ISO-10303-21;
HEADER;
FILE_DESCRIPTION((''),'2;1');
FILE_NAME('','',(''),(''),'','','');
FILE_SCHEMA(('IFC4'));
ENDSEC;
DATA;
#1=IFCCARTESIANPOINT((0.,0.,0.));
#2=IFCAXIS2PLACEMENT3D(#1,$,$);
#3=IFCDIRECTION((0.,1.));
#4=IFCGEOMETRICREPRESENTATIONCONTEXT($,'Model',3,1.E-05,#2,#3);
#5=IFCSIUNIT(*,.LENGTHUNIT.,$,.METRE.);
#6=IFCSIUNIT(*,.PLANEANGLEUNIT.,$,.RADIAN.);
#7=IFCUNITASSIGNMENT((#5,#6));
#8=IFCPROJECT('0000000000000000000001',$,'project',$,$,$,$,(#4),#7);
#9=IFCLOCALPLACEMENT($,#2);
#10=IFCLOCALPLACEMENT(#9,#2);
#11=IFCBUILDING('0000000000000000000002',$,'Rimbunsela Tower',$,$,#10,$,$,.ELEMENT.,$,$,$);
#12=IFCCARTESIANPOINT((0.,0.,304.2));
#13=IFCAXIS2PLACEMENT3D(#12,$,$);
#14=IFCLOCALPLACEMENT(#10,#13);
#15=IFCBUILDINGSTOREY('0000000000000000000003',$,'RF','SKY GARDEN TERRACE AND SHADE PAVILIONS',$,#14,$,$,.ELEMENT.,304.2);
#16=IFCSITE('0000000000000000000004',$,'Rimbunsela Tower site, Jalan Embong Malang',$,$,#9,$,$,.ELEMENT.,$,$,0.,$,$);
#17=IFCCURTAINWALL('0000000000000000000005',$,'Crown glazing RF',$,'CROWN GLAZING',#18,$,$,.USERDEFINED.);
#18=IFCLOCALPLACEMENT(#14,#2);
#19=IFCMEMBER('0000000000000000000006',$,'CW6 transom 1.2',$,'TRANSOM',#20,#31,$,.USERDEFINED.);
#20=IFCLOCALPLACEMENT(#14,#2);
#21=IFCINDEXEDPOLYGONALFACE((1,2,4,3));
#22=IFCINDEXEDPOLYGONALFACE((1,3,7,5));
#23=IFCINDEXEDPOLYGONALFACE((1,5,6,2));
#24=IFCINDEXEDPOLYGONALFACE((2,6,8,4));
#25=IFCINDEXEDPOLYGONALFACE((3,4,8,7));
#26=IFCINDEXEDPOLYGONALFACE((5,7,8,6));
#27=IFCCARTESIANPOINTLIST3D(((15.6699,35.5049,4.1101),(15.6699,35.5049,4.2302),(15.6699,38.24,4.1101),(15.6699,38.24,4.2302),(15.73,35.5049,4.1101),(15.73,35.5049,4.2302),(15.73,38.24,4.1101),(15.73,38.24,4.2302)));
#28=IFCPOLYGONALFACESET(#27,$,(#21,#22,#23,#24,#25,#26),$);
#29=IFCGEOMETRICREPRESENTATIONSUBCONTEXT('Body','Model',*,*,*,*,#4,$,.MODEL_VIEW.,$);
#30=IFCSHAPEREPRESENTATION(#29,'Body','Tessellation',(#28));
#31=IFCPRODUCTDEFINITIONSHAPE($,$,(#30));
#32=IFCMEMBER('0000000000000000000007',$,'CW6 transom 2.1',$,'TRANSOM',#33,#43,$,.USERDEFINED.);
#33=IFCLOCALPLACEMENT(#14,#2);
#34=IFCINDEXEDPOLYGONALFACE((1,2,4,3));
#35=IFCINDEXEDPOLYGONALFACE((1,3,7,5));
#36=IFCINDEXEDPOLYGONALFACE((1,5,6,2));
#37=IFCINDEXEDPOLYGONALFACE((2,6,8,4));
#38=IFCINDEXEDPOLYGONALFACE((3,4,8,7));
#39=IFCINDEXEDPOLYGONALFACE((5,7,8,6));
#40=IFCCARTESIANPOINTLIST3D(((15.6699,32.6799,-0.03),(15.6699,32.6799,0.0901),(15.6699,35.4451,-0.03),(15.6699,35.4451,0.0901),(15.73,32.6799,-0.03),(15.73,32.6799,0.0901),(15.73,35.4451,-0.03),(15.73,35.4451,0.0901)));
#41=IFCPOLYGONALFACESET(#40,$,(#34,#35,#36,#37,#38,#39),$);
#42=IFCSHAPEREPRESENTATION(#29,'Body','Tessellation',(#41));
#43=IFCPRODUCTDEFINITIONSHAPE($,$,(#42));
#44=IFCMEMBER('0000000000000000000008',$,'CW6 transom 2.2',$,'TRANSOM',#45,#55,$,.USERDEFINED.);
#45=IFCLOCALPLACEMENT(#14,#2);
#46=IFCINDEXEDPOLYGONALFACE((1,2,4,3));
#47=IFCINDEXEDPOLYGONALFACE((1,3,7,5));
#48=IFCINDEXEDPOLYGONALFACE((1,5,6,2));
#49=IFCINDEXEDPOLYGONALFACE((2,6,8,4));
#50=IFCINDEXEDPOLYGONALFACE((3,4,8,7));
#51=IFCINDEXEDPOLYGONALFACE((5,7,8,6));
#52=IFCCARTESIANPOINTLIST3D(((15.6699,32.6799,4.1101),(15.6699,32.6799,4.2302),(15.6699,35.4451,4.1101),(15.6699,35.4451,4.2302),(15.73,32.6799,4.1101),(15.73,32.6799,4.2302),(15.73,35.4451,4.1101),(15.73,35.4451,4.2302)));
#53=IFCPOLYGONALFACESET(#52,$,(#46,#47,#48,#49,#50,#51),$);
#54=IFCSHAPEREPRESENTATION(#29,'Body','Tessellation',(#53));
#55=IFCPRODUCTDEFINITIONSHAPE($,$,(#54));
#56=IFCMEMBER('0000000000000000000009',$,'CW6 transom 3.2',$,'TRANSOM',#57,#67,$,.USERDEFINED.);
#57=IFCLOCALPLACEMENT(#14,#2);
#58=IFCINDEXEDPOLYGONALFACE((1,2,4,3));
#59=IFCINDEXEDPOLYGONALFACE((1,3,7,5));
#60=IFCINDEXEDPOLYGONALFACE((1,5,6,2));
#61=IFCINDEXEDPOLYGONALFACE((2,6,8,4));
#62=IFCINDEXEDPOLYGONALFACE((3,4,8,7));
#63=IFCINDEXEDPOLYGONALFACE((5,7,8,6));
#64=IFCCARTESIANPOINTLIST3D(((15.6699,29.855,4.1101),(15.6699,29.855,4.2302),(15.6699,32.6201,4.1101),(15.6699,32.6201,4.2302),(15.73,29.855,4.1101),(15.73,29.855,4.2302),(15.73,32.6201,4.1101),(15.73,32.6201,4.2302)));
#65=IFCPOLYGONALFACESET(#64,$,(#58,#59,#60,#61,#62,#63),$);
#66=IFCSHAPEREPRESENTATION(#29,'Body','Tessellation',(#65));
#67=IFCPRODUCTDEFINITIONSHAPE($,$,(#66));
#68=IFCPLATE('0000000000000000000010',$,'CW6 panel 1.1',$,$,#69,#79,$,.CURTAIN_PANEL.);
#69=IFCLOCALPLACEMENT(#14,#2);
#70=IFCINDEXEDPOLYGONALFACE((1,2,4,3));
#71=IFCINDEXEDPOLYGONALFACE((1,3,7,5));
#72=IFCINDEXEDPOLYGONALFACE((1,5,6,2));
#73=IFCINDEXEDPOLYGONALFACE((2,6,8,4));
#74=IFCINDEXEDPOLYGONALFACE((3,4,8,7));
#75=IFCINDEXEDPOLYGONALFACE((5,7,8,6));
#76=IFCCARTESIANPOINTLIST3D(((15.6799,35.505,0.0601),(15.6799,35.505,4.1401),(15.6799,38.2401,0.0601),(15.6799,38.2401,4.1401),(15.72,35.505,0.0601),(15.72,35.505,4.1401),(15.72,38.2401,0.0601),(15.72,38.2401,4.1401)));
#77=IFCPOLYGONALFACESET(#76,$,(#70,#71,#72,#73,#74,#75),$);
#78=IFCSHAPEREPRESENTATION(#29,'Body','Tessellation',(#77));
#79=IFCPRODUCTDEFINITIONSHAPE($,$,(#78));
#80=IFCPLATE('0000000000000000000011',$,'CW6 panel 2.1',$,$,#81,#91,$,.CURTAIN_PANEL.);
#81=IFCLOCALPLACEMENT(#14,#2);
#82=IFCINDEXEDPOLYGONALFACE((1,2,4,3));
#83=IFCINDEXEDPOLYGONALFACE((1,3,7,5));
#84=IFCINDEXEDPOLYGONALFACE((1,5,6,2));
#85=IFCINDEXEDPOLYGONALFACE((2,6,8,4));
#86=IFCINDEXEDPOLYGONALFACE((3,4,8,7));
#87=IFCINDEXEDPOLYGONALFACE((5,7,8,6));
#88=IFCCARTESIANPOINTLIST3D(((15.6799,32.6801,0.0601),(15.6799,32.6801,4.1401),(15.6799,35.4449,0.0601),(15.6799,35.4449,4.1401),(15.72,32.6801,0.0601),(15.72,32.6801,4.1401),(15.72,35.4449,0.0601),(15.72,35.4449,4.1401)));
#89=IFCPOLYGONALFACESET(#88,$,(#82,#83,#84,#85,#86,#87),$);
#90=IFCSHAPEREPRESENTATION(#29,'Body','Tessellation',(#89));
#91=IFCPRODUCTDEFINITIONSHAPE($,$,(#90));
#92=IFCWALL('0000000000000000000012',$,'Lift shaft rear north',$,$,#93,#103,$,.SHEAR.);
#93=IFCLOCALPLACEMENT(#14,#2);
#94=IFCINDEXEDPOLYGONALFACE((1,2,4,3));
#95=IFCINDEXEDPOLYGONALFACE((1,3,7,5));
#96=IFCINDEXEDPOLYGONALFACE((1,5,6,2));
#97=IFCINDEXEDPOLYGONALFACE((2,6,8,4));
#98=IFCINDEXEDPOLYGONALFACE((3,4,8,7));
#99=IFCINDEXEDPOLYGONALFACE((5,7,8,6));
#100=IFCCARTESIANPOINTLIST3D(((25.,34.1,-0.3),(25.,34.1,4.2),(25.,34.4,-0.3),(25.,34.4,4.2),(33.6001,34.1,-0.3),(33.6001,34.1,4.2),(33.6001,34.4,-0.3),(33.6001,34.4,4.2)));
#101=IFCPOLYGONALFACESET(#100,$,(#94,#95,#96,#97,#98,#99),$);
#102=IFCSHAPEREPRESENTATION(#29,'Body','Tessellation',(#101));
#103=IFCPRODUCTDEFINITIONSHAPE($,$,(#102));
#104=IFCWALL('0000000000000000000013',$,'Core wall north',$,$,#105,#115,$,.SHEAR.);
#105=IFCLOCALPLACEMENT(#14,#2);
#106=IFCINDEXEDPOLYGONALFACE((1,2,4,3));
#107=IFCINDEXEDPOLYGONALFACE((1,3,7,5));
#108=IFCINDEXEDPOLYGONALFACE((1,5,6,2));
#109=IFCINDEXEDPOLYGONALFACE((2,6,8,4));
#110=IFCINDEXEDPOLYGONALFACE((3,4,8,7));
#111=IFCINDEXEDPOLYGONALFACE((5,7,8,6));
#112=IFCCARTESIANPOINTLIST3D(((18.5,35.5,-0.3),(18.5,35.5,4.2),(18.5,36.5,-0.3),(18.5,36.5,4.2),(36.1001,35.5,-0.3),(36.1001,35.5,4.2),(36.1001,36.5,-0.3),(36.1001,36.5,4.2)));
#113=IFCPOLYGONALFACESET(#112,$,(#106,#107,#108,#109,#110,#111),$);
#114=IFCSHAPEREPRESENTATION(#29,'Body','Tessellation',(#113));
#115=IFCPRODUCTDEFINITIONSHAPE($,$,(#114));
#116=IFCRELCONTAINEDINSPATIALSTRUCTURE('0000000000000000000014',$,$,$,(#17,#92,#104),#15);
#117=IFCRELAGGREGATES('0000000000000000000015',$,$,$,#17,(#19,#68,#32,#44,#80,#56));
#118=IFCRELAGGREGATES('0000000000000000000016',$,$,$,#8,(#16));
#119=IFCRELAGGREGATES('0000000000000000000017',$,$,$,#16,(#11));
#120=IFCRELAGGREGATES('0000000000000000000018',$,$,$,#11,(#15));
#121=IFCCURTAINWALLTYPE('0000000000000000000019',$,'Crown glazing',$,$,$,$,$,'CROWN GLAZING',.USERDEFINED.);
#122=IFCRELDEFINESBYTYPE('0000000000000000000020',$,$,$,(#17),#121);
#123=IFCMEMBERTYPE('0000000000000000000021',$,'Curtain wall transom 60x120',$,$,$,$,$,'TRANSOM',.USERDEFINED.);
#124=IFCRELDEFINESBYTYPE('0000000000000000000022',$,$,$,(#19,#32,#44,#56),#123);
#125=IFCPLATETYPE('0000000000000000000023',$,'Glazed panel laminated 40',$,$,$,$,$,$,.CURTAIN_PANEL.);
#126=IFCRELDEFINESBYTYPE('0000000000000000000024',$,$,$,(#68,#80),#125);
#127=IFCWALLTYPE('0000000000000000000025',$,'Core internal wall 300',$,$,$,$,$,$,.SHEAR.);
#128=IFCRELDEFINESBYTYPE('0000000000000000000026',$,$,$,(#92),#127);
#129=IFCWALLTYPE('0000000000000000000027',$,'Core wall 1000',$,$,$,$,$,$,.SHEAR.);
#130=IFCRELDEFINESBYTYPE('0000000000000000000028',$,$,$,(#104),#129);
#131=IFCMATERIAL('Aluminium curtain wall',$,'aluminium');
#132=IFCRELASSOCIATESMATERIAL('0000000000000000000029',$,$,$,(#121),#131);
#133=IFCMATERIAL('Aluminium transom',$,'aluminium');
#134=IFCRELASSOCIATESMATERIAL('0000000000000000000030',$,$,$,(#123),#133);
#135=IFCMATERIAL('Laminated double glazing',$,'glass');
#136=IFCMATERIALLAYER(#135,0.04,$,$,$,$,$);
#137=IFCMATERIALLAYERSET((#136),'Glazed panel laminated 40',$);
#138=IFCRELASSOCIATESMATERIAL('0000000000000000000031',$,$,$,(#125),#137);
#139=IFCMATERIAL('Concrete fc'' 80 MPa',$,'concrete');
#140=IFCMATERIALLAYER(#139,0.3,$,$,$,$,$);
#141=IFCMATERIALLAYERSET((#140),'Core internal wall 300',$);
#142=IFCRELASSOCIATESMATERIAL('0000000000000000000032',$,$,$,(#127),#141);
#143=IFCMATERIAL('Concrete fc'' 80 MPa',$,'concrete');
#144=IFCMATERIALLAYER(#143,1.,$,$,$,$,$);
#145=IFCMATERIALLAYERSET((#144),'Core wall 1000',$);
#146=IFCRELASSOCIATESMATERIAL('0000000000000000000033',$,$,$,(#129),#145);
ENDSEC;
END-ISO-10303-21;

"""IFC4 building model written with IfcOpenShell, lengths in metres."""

from ifc_helpers import new_model, si_unit, direction, frame, frame_2d, origin, origin_2d, place, context, subcontext, project, spatial, rectangle, extrude, material, layer, layer_set, material_profile, profile_set, type_object, element, aggregate, save


model = new_model("IFC4")

# Units and contexts
model_context = context("Model", 3, precision=1e-05, world=origin(), true_north=direction((0.0, 1.0)))
body_context = subcontext(model_context, "Body", "Model", "MODEL_VIEW")
ifc_project = project(units=[si_unit("LENGTHUNIT", "METRE"), si_unit("PLANEANGLEUNIT", "RADIAN")], contexts=[model_context])

# Site, building, storey
site_placement = place(None, origin())
site = spatial("IfcSite", under=ifc_project, at=site_placement, Name="Rimbunsela Tower site, Jalan Embong Malang", CompositionType="ELEMENT", RefElevation=0.0)
building_placement = place(site_placement, origin())
building = spatial("IfcBuilding", under=site, at=building_placement, Name="Rimbunsela Tower", CompositionType="ELEMENT")
storey_placement = place(building_placement, frame((0.0, 0.0, 304.2)))
storey = spatial("IfcBuildingStorey", under=building, at=storey_placement, Name="RF", Description="SKY GARDEN TERRACE AND SHADE PAVILIONS", CompositionType="ELEMENT", Elevation=304.2)

# Curtain wall, members, plates
ifc_material_1 = material(Name="Aluminium curtain wall", Category="aluminium")
curtain_wall_type = type_object("IfcCurtainWallType", Name="Crown glazing", ElementType="CROWN GLAZING", PredefinedType="USERDEFINED", material=ifc_material_1)
curtain_wall_placement = place(storey_placement, origin())
curtain_wall = element("IfcCurtainWall", 1, at=curtain_wall_placement, inside=storey, type_object=curtain_wall_type, Name="Crown glazing RF", ObjectType="CROWN GLAZING", PredefinedType="USERDEFINED")
ifc_material_2 = material(Name="Aluminium transom", Category="aluminium")
ifc_material_profile_1 = material_profile(ifc_material_2, rectangle(XDim=0.0601, YDim=0.1201, at=origin_2d()), Name="Transom 60x120")
ifc_profile_set_1 = profile_set([ifc_material_profile_1], Name="Aluminium transom")
member_type_1 = type_object("IfcMemberType", Name="Curtain wall transom 60x120", ElementType="TRANSOM", PredefinedType="USERDEFINED", material=ifc_profile_set_1)
member_1_placement = place(storey_placement, frame((15.7, 38.24, 4.1702), z_axis=(0.0, -1.0, 0.0), x_axis=(1.0, 0.0, 0.0)))
member_1 = element("IfcMember", 2, at=member_1_placement, type_object=member_type_1, Name="CW6 transom 1.2", ObjectType="TRANSOM", PredefinedType="USERDEFINED", context=body_context, shape_type="SweptSolid", body=[
    extrude(rectangle(XDim=0.0601, YDim=0.1201, at=origin_2d()), origin(), (0.0, 0.0, 1.0), 2.7351),
])
member_2_placement = place(storey_placement, frame((15.7, 35.4451, 0.03), z_axis=(0.0, -1.0, 0.0), x_axis=(1.0, 0.0, 0.0)))
member_2 = element("IfcMember", 3, at=member_2_placement, type_object=member_type_1, Name="CW6 transom 2.1", ObjectType="TRANSOM", PredefinedType="USERDEFINED", context=body_context, shape_type="SweptSolid", body=[
    extrude(rectangle(XDim=0.0601, YDim=0.1201, at=origin_2d()), origin(), (0.0, 0.0, 1.0), 2.7651),
])
member_3_placement = place(storey_placement, frame((15.7, 35.4451, 4.1702), z_axis=(0.0, -1.0, 0.0), x_axis=(1.0, 0.0, 0.0)))
member_3 = element("IfcMember", 4, at=member_3_placement, type_object=member_type_1, Name="CW6 transom 2.2", ObjectType="TRANSOM", PredefinedType="USERDEFINED", context=body_context, shape_type="SweptSolid", body=[
    extrude(rectangle(XDim=0.0601, YDim=0.1201, at=origin_2d()), origin(), (0.0, 0.0, 1.0), 2.7651),
])
member_4_placement = place(storey_placement, frame((15.7, 32.6201, 4.1702), z_axis=(0.0, -1.0, 0.0), x_axis=(1.0, 0.0, 0.0)))
member_4 = element("IfcMember", 5, at=member_4_placement, type_object=member_type_1, Name="CW6 transom 3.2", ObjectType="TRANSOM", PredefinedType="USERDEFINED", context=body_context, shape_type="SweptSolid", body=[
    extrude(rectangle(XDim=0.0601, YDim=0.1201, at=origin_2d()), origin(), (0.0, 0.0, 1.0), 2.7651),
])
ifc_material_3 = material(Name="Laminated double glazing", Category="glass")
ifc_layer_1 = layer(ifc_material_3, 0.04)
ifc_layer_set_1 = layer_set([ifc_layer_1], Name="Glazed panel laminated 40")
plate_type = type_object("IfcPlateType", Name="Glazed panel laminated 40", PredefinedType="CURTAIN_PANEL", material=ifc_layer_set_1)
plate_1_placement = place(storey_placement, frame((15.7, 36.8726, 0.0601), z_axis=(0.0, 0.0, 1.0), x_axis=(0.0, -1.0, 0.0)))
plate_1 = element("IfcPlate", 6, at=plate_1_placement, type_object=plate_type, Name="CW6 panel 1.1", PredefinedType="CURTAIN_PANEL", context=body_context, shape_type="SweptSolid", body=[
    extrude(rectangle(XDim=2.7351, YDim=0.04, at=origin_2d()), origin(), (0.0, 0.0, 1.0), 4.0801),
])
plate_2_placement = place(storey_placement, frame((15.7, 34.0625, 0.0601), z_axis=(0.0, 0.0, 1.0), x_axis=(0.0, -1.0, 0.0)))
plate_2 = element("IfcPlate", 7, at=plate_2_placement, type_object=plate_type, Name="CW6 panel 2.1", PredefinedType="CURTAIN_PANEL", context=body_context, shape_type="SweptSolid", body=[
    extrude(rectangle(XDim=2.7649, YDim=0.04, at=origin_2d()), origin(), (0.0, 0.0, 1.0), 4.0801),
])
aggregate(curtain_wall, [member_1, plate_1, member_2, member_3, plate_2, member_4])

# Walls
ifc_material_4 = material(Name="Concrete fc' 80 MPa", Category="concrete")
ifc_layer_2 = layer(ifc_material_4, 0.3)
ifc_layer_set_2 = layer_set([ifc_layer_2], Name="Core internal wall 300")
wall_type_1 = type_object("IfcWallType", Name="Core internal wall 300", PredefinedType="SHEAR", material=ifc_layer_set_2)
wall_1_placement = place(storey_placement, frame((25.0, 34.25, -0.3), z_axis=(0.0, 0.0, 1.0), x_axis=(1.0, 0.0, 0.0)))
element("IfcWall", 8, at=wall_1_placement, inside=storey, type_object=wall_type_1, Name="Lift shaft rear north", PredefinedType="SHEAR", context=body_context, shape_type="SweptSolid", body=[
    extrude(rectangle(XDim=8.6001, YDim=0.3, at=frame_2d((4.3, 0.0))), origin(), (0.0, 0.0, 1.0), 4.5),
])
ifc_material_5 = material(Name="Concrete fc' 80 MPa", Category="concrete")
ifc_layer_3 = layer(ifc_material_5, 1.0)
ifc_layer_set_3 = layer_set([ifc_layer_3], Name="Core wall 1000")
wall_type_2 = type_object("IfcWallType", Name="Core wall 1000", PredefinedType="SHEAR", material=ifc_layer_set_3)
wall_2_placement = place(storey_placement, frame((18.5, 36.0, -0.3), z_axis=(0.0, 0.0, 1.0), x_axis=(1.0, 0.0, 0.0)))
element("IfcWall", 9, at=wall_2_placement, inside=storey, type_object=wall_type_2, Name="Core wall north", PredefinedType="SHEAR", context=body_context, shape_type="SweptSolid", body=[
    extrude(rectangle(XDim=17.6001, YDim=1.0, at=frame_2d((8.8, 0.0))), origin(), (0.0, 0.0, 1.0), 4.5),
])

save(model, "model.ifc")
